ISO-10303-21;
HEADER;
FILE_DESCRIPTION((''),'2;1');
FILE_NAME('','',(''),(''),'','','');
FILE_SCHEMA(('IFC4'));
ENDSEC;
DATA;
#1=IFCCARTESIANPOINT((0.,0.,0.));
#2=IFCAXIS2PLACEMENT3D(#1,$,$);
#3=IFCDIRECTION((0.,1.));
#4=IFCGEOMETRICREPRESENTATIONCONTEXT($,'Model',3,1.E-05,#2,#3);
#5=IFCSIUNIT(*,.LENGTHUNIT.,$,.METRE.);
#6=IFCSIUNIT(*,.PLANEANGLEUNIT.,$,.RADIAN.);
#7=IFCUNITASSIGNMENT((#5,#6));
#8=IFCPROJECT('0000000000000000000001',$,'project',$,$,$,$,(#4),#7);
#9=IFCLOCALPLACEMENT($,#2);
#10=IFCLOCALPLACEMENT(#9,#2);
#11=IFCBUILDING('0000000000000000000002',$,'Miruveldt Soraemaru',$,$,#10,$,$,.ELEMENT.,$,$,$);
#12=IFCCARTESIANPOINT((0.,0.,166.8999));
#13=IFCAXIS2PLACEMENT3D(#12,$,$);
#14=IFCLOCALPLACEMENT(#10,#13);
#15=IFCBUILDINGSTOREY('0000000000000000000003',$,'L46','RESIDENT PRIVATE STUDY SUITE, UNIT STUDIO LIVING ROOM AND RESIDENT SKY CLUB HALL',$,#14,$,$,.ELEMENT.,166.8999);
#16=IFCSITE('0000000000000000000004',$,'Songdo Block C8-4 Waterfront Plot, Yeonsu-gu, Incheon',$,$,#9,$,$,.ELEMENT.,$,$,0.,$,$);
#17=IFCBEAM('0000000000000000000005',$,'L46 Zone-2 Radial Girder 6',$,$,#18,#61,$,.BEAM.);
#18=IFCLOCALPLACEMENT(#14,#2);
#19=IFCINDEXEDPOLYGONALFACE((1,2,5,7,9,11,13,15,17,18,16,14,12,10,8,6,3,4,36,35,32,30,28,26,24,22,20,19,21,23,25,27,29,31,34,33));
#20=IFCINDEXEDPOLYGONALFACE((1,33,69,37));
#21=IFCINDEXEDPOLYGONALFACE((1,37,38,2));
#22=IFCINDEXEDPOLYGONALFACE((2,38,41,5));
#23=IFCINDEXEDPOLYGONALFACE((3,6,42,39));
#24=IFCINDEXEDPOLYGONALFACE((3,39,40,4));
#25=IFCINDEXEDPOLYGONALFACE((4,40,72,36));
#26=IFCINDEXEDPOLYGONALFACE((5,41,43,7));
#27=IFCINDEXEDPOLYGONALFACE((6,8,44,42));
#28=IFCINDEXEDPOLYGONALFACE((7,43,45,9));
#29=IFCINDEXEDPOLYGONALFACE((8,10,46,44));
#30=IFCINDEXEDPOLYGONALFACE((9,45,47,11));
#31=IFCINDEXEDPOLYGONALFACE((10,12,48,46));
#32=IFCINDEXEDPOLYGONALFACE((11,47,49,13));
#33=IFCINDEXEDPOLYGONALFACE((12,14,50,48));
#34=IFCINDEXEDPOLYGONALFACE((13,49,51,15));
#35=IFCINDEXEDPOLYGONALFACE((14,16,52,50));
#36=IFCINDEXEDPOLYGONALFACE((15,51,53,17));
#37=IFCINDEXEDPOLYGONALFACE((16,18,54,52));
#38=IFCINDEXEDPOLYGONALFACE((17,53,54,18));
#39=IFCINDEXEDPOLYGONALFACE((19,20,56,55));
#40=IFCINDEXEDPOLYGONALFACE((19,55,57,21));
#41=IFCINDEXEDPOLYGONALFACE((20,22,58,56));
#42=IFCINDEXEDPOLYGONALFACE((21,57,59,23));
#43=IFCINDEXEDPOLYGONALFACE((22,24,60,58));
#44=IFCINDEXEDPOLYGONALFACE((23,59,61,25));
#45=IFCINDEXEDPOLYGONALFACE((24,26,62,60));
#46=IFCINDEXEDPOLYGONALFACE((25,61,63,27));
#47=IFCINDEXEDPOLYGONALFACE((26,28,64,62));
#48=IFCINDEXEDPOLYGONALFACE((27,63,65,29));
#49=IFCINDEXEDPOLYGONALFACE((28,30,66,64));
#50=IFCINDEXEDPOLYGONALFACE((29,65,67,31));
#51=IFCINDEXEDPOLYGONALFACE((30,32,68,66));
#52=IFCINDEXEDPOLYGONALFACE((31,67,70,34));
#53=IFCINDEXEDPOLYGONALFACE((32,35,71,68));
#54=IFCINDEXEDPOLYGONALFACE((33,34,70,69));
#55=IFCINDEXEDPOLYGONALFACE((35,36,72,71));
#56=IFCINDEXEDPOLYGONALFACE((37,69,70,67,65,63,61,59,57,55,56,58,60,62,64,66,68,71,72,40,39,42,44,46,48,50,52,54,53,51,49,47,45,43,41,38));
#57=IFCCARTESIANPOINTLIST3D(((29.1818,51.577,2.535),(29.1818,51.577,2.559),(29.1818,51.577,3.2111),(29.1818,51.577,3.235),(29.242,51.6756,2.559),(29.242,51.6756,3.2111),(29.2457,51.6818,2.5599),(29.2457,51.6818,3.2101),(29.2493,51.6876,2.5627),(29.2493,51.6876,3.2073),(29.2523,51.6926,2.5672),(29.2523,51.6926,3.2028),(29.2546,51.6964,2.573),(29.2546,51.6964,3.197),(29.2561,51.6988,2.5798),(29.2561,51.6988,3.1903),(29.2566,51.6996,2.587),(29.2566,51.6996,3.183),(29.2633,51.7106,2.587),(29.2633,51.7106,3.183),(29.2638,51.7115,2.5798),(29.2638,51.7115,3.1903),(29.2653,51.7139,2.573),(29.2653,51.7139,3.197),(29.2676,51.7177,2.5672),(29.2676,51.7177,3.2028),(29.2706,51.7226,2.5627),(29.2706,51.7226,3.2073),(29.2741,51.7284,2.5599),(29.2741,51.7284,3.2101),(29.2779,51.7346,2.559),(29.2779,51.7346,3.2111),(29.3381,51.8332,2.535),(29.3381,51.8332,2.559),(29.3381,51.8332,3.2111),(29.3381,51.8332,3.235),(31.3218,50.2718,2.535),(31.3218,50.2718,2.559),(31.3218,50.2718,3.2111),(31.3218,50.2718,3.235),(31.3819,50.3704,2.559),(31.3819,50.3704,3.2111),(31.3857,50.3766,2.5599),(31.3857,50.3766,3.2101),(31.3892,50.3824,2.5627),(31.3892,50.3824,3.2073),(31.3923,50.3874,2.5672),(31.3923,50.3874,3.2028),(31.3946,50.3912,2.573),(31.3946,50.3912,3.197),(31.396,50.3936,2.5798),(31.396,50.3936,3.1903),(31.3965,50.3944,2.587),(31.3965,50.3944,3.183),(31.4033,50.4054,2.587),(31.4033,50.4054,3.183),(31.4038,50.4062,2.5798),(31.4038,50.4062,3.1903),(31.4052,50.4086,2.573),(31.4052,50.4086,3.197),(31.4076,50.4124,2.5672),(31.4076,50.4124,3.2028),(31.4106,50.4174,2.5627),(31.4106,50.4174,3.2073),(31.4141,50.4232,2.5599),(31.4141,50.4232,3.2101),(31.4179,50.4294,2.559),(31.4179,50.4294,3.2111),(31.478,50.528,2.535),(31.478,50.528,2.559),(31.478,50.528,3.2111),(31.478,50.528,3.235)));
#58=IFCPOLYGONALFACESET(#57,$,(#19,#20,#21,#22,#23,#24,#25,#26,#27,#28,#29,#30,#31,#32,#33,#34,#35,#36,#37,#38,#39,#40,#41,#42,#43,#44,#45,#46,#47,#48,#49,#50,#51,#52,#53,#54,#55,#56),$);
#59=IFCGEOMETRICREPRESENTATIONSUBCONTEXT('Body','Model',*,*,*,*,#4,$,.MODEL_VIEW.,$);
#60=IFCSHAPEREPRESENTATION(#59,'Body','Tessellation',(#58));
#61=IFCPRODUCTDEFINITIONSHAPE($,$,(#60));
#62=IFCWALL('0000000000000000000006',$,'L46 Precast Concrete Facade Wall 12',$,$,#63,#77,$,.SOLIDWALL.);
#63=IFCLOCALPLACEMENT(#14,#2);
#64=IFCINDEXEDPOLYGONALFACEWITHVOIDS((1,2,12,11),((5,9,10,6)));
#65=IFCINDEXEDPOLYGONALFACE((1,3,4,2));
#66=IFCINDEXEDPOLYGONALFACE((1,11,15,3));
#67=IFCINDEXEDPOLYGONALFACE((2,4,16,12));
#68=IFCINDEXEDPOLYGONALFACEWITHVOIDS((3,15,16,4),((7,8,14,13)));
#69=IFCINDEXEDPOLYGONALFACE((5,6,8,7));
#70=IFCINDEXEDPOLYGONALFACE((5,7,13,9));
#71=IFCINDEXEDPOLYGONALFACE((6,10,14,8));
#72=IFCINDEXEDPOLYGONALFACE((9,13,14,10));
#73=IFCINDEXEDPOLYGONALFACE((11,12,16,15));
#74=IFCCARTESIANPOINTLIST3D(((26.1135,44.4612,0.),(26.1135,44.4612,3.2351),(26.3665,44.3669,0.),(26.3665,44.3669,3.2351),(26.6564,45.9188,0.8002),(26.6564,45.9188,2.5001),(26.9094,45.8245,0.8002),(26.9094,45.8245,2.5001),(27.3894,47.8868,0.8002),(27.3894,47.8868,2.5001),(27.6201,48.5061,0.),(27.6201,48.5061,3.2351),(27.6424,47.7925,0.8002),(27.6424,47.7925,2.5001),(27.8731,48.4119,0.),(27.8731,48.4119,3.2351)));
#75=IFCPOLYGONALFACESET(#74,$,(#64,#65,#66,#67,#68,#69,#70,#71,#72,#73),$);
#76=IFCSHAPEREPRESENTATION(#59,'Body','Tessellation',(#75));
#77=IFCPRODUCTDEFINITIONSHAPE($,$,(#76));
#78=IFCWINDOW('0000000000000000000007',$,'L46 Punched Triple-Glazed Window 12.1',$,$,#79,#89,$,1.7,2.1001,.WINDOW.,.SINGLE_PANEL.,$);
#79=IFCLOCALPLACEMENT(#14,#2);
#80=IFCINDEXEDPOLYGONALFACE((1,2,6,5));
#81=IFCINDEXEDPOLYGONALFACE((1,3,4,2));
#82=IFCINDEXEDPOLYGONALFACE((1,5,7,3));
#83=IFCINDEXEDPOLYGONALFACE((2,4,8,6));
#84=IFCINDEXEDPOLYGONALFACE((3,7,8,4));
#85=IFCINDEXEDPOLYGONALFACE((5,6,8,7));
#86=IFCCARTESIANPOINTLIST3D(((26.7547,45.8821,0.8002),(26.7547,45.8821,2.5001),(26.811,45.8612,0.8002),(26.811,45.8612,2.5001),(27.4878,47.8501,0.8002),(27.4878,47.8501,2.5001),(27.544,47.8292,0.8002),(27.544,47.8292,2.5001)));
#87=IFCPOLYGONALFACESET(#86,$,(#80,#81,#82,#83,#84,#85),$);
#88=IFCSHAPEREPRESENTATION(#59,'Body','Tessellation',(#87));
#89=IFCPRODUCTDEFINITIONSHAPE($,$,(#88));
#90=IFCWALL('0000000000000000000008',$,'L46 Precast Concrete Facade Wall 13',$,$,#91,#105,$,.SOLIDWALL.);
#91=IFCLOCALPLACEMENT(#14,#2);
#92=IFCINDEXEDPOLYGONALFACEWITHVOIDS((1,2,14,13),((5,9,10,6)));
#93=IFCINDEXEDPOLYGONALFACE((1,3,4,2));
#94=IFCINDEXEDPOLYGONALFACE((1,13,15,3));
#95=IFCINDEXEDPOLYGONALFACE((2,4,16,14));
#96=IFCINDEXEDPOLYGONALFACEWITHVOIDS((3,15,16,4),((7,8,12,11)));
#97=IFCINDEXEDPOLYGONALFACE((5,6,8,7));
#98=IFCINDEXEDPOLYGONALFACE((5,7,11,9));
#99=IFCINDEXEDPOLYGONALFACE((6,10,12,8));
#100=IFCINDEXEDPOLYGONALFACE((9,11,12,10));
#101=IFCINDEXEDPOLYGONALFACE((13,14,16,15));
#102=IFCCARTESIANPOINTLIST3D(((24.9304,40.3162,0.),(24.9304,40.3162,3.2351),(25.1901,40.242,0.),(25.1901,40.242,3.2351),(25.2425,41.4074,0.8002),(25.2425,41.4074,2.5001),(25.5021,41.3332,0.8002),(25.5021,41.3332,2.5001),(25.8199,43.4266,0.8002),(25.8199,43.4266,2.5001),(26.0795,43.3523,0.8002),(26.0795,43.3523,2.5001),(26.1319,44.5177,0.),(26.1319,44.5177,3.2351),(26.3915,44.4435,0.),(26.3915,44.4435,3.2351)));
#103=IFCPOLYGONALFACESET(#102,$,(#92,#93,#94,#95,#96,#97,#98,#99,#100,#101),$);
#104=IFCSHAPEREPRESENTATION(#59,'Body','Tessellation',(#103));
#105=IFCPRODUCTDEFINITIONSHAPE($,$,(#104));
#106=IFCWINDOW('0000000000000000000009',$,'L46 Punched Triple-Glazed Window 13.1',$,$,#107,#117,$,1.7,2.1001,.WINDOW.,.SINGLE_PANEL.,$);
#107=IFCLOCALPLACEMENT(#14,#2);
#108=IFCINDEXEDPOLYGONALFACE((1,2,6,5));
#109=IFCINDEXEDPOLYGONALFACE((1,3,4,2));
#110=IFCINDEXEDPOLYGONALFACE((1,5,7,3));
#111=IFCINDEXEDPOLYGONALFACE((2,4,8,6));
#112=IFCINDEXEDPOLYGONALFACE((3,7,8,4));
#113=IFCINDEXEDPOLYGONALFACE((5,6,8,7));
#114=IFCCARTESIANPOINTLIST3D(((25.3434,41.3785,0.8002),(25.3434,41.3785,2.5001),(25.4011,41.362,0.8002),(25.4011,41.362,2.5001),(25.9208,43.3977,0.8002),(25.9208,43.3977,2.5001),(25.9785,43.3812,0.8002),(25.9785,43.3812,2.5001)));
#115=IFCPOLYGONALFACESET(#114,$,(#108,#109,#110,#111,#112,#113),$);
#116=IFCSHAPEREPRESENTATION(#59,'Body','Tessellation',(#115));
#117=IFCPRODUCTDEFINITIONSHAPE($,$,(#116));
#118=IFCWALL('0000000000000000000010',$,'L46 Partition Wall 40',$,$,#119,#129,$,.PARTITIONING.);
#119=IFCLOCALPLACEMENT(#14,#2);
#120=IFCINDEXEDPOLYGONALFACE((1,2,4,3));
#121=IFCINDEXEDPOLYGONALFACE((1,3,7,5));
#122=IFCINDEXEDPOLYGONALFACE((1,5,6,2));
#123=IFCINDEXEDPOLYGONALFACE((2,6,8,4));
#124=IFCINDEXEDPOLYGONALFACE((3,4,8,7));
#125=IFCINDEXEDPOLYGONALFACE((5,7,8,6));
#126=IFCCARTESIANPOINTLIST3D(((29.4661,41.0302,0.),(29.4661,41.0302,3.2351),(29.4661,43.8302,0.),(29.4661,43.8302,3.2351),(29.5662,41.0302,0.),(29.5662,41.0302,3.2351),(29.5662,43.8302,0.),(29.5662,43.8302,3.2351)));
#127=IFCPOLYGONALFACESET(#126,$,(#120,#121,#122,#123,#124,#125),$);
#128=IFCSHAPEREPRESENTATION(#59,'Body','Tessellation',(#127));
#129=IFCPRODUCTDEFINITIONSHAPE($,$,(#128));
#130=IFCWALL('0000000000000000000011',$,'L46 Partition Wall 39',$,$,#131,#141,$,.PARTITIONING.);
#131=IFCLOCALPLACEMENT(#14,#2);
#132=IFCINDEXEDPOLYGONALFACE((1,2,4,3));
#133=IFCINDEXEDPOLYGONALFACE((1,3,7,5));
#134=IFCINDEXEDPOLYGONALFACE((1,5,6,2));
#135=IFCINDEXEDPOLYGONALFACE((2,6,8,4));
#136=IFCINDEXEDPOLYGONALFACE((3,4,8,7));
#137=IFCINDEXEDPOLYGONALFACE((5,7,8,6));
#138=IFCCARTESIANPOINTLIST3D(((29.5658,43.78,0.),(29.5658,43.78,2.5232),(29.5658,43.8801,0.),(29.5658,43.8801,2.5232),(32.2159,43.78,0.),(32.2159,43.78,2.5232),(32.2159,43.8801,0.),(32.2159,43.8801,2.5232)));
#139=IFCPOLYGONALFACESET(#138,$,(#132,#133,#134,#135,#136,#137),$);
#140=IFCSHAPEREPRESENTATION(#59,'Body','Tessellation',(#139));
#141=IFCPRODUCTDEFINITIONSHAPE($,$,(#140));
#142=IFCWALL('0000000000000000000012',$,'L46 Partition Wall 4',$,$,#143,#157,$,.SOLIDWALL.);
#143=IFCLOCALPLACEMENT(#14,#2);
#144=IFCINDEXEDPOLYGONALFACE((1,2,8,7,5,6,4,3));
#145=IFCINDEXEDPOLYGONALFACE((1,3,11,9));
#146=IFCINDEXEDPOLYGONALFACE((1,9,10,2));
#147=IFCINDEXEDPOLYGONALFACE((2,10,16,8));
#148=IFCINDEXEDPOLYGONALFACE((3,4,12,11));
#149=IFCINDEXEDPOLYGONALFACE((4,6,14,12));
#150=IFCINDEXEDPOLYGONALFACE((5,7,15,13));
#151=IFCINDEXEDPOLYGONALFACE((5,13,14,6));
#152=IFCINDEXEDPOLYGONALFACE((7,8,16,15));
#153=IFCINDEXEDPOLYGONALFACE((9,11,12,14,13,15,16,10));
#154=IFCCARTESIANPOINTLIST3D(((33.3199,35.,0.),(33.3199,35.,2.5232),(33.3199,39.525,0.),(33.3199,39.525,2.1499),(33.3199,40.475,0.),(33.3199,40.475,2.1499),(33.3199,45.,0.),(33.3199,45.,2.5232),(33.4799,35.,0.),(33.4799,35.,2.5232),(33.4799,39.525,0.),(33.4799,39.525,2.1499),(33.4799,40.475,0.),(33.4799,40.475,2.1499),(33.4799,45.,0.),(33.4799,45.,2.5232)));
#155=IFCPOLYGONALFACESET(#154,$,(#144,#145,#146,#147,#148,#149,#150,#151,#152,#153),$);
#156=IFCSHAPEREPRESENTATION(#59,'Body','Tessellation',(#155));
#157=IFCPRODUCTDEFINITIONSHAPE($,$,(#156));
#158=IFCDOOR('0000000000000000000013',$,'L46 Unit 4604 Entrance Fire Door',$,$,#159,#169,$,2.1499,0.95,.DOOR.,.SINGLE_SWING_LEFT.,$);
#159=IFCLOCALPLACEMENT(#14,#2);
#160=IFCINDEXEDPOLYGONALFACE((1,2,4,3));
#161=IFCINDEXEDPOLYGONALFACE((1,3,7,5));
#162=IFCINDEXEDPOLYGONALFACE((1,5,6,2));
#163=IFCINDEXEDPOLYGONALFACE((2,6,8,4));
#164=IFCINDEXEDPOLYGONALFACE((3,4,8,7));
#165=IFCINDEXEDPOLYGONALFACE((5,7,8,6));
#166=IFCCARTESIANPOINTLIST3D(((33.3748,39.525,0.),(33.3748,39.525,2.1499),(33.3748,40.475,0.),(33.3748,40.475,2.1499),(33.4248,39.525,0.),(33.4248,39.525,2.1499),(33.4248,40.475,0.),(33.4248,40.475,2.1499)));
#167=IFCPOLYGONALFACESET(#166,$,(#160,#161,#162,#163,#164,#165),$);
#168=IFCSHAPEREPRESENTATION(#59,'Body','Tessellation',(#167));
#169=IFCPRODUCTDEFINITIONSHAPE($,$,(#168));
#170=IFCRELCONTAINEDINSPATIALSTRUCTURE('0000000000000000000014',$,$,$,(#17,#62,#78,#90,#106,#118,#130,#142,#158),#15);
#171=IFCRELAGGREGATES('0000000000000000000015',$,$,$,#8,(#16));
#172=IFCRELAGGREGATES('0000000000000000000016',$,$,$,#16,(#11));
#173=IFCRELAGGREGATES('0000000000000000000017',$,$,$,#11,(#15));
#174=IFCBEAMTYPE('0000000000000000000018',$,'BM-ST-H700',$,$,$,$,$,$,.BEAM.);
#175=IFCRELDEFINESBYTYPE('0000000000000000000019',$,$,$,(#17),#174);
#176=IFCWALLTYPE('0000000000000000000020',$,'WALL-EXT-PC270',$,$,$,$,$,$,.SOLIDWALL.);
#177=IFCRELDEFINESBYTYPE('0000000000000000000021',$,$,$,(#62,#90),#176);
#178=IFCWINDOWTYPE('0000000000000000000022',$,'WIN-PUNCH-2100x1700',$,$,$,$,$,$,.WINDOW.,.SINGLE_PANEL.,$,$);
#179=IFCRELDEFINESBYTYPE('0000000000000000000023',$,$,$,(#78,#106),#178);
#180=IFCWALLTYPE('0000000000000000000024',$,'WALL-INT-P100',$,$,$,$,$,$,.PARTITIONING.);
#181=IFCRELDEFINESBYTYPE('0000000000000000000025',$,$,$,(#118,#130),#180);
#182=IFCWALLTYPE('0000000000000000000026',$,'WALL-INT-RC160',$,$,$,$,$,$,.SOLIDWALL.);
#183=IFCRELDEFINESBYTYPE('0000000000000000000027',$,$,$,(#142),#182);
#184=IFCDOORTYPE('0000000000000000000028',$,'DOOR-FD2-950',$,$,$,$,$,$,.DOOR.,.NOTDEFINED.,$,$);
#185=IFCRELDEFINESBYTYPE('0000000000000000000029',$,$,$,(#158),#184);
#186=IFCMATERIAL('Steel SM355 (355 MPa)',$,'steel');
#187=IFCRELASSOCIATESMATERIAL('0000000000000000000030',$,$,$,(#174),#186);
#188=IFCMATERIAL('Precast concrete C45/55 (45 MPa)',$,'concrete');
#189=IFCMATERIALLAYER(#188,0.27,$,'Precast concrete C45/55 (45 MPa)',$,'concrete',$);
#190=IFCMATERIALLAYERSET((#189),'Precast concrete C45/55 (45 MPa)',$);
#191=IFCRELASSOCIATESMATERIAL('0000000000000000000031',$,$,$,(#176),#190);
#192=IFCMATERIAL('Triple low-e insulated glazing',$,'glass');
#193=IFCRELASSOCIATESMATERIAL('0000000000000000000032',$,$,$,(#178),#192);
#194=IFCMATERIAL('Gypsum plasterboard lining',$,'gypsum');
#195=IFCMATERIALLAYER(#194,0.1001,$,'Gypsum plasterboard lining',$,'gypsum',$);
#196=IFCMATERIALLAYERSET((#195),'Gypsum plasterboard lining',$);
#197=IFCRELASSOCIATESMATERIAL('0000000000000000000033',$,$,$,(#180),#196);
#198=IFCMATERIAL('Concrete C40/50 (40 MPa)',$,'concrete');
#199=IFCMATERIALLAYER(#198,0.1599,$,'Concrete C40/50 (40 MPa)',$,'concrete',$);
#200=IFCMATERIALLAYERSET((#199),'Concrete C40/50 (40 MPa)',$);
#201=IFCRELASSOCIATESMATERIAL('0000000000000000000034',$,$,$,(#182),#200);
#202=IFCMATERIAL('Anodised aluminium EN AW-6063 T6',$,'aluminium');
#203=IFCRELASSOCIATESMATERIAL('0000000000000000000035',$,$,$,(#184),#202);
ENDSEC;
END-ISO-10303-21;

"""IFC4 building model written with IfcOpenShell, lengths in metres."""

from ifc_helpers import new_model, si_unit, direction, frame, frame_2d, origin, origin_2d, place, context, subcontext, project, spatial, rectangle, i_section, extrude, material, layer, layer_set, material_profile, profile_set, type_object, element, fill, save


model = new_model("IFC4")

# Units and contexts
model_context = context("Model", 3, precision=1e-05, world=origin(), true_north=direction((0.0, 1.0)))
body_context = subcontext(model_context, "Body", "Model", "MODEL_VIEW")
ifc_project = project(units=[si_unit("LENGTHUNIT", "METRE"), si_unit("PLANEANGLEUNIT", "RADIAN")], contexts=[model_context])

# Site, building, storey
site_placement = place(None, origin())
site = spatial("IfcSite", under=ifc_project, at=site_placement, Name="Songdo Block C8-4 Waterfront Plot, Yeonsu-gu, Incheon", CompositionType="ELEMENT", RefElevation=0.0)
building_placement = place(site_placement, origin())
building = spatial("IfcBuilding", under=site, at=building_placement, Name="Miruveldt Soraemaru", CompositionType="ELEMENT")
storey_placement = place(building_placement, frame((0.0, 0.0, 166.8999)))
storey = spatial("IfcBuildingStorey", under=building, at=storey_placement, Name="L46", Description="RESIDENT PRIVATE STUDY SUITE, UNIT STUDIO LIVING ROOM AND RESIDENT SKY CLUB HALL", CompositionType="ELEMENT", Elevation=166.8999)

# Beam
ifc_material_1 = material(Name="Steel SM355 (355 MPa)", Category="steel")
ifc_material_profile_1 = material_profile(ifc_material_1, i_section(OverallWidth=0.3, OverallDepth=0.7, WebThickness=0.0129, FlangeThickness=0.0239, FilletRadius=0.0281, at=origin_2d()), Name="Steel SM355 (355 MPa)", Category="steel")
ifc_profile_set_1 = profile_set([ifc_material_profile_1], Name="Steel SM355 (355 MPa)")
beam_type_1 = type_object("IfcBeamType", Name="BM-ST-H700", PredefinedType="BEAM", material=ifc_profile_set_1)
beam_1_placement = place(storey_placement, frame((31.3999, 50.3999, 2.885), z_axis=(-0.853732, 0.520713, 0.0), x_axis=(-0.520713, -0.853732, 0.0)))
element("IfcBeam", 1, at=beam_1_placement, inside=storey, type_object=beam_type_1, Name="L46 Zone-2 Radial Girder 6", PredefinedType="BEAM", context=body_context, shape_type="SweptSolid", body=[
    extrude(i_section(OverallWidth=0.3, OverallDepth=0.7, WebThickness=0.0129, FlangeThickness=0.0239, FilletRadius=0.0281, at=origin_2d()), origin(), (0.0, 0.0, 1.0), 2.5066),
])

# Walls, openings, windows
ifc_material_2 = material(Name="Precast concrete C45/55 (45 MPa)", Category="concrete")
ifc_layer_1 = layer(ifc_material_2, 0.27, Name="Precast concrete C45/55 (45 MPa)", Category="concrete")
ifc_layer_set_1 = layer_set([ifc_layer_1], Name="Precast concrete C45/55 (45 MPa)")
wall_type_1 = type_object("IfcWallType", Name="WALL-EXT-PC270", PredefinedType="SOLIDWALL", material=ifc_layer_set_1)
wall_1_placement = place(storey_placement, frame((27.7466, 48.459, 0.0), z_axis=(0.0, 0.0, 1.0), x_axis=(-0.34904, -0.937108, 0.0)))
wall_1 = element("IfcWall", 2, at=wall_1_placement, inside=storey, type_object=wall_type_1, Name="L46 Precast Concrete Facade Wall 12", PredefinedType="SOLIDWALL", context=body_context, shape_type="SweptSolid", body=[
    extrude(rectangle(XDim=4.3164, YDim=0.27, at=frame_2d((2.1582, 0.0))), origin(), (0.0, 0.0, 1.0), 3.2351),
])
opening_1_placement = place(wall_1_placement, frame((0.6609, 0.0, 0.8)))
opening_1 = element("IfcOpeningElement", 3, at=opening_1_placement, cuts=wall_1, PredefinedType="OPENING", context=body_context, shape_type="SweptSolid", body=[
    extrude(rectangle(XDim=2.1001, YDim=1.7, at=frame_2d((1.05, 0.8501))), frame((0.0, 0.145, 0.0), z_axis=(0.0, -1.0, 0.0), x_axis=(1.0, 0.0, 0.0)), (0.0, 0.0, 1.0), 0.29),
])
ifc_material_3 = material(Name="Triple low-e insulated glazing", Category="glass")
window_type = type_object("IfcWindowType", Name="WIN-PUNCH-2100x1700", PartitioningType="SINGLE_PANEL", PredefinedType="WINDOW", material=ifc_material_3)
window_1_placement = place(opening_1_placement, origin())
window_1 = element("IfcWindow", 4, at=window_1_placement, inside=storey, type_object=window_type, Name="L46 Punched Triple-Glazed Window 12.1", OverallHeight=1.7, OverallWidth=2.1001, PartitioningType="SINGLE_PANEL", PredefinedType="WINDOW", context=body_context, shape_type="SweptSolid", body=[
    extrude(rectangle(XDim=2.1001, YDim=1.7, at=frame_2d((1.05, 0.8501))), frame((0.0, 0.03, 0.0), z_axis=(0.0, -1.0, 0.0), x_axis=(1.0, 0.0, 0.0)), (0.0, 0.0, 1.0), 0.0601),
])
fill(opening_1, window_1)
wall_2_placement = place(storey_placement, frame((26.2617, 44.4807, 0.0), z_axis=(0.0, 0.0, 1.0), x_axis=(-0.274935, -0.961463, 0.0)))
wall_2 = element("IfcWall", 5, at=wall_2_placement, inside=storey, type_object=wall_type_1, Name="L46 Precast Concrete Facade Wall 13", PredefinedType="SOLIDWALL", context=body_context, shape_type="SweptSolid", body=[
    extrude(rectangle(XDim=4.3699, YDim=0.27, at=frame_2d((2.1851, 0.0))), origin(), (0.0, 0.0, 1.0), 3.2351),
])
opening_2_placement = place(wall_2_placement, frame((1.135, 0.0, 0.8)))
opening_2 = element("IfcOpeningElement", 6, at=opening_2_placement, cuts=wall_2, PredefinedType="OPENING", context=body_context, shape_type="SweptSolid", body=[
    extrude(rectangle(XDim=2.1001, YDim=1.7, at=frame_2d((1.05, 0.8501))), frame((0.0, 0.145, 0.0), z_axis=(0.0, -1.0, 0.0), x_axis=(1.0, 0.0, 0.0)), (0.0, 0.0, 1.0), 0.29),
])
window_2_placement = place(opening_2_placement, origin())
window_2 = element("IfcWindow", 7, at=window_2_placement, inside=storey, type_object=window_type, Name="L46 Punched Triple-Glazed Window 13.1", OverallHeight=1.7, OverallWidth=2.1001, PartitioningType="SINGLE_PANEL", PredefinedType="WINDOW", context=body_context, shape_type="SweptSolid", body=[
    extrude(rectangle(XDim=2.1001, YDim=1.7, at=frame_2d((1.05, 0.8501))), frame((0.0, 0.03, 0.0), z_axis=(0.0, -1.0, 0.0), x_axis=(1.0, 0.0, 0.0)), (0.0, 0.0, 1.0), 0.0601),
])
fill(opening_2, window_2)

# Walls
ifc_material_4 = material(Name="Gypsum plasterboard lining", Category="gypsum")
ifc_layer_2 = layer(ifc_material_4, 0.1001, Name="Gypsum plasterboard lining", Category="gypsum")
ifc_layer_set_2 = layer_set([ifc_layer_2], Name="Gypsum plasterboard lining")
wall_type_2 = type_object("IfcWallType", Name="WALL-INT-P100", PredefinedType="PARTITIONING", material=ifc_layer_set_2)
wall_3_placement = place(storey_placement, frame((29.5161, 43.8301, 0.0), z_axis=(0.0, 0.0, 1.0), x_axis=(0.0, -1.0, 0.0)))
element("IfcWall", 8, at=wall_3_placement, inside=storey, type_object=wall_type_2, Name="L46 Partition Wall 40", PredefinedType="PARTITIONING", context=body_context, shape_type="SweptSolid", body=[
    extrude(rectangle(XDim=2.8, YDim=0.1001, at=frame_2d((1.3999, 0.0))), origin(), (0.0, 0.0, 1.0), 3.2351),
])
wall_4_placement = place(storey_placement, frame((32.2161, 43.8301, 0.0), z_axis=(0.0, 0.0, 1.0), x_axis=(-1.0, 0.0, 0.0)))
element("IfcWall", 9, at=wall_4_placement, inside=storey, type_object=wall_type_2, Name="L46 Partition Wall 39", PredefinedType="PARTITIONING", context=body_context, shape_type="SweptSolid", body=[
    extrude(rectangle(XDim=2.6501, YDim=0.1001, at=frame_2d((1.3252, 0.0))), origin(), (0.0, 0.0, 1.0), 2.5232),
])

# Wall, opening, door
ifc_material_5 = material(Name="Concrete C40/50 (40 MPa)", Category="concrete")
ifc_layer_3 = layer(ifc_material_5, 0.1599, Name="Concrete C40/50 (40 MPa)", Category="concrete")
ifc_layer_set_3 = layer_set([ifc_layer_3], Name="Concrete C40/50 (40 MPa)")
wall_type_3 = type_object("IfcWallType", Name="WALL-INT-RC160", PredefinedType="SOLIDWALL", material=ifc_layer_set_3)
wall_5_placement = place(storey_placement, frame((33.3999, 45.0, 0.0), z_axis=(0.0, 0.0, 1.0), x_axis=(0.0, -1.0, 0.0)))
wall_5 = element("IfcWall", 10, at=wall_5_placement, inside=storey, type_object=wall_type_3, Name="L46 Partition Wall 4", PredefinedType="SOLIDWALL", context=body_context, shape_type="SweptSolid", body=[
    extrude(rectangle(XDim=10.0, YDim=0.1599, at=frame_2d((5.0, 0.0))), origin(), (0.0, 0.0, 1.0), 2.5232),
])
opening_3_placement = place(wall_5_placement, frame((4.5249, 0.0, 0.0)))
opening_3 = element("IfcOpeningElement", 11, at=opening_3_placement, cuts=wall_5, PredefinedType="OPENING", context=body_context, shape_type="SweptSolid", body=[
    extrude(rectangle(XDim=0.95, YDim=2.1499, at=frame_2d((0.4751, 1.075))), frame((0.0, 0.0898, 0.0), z_axis=(0.0, -1.0, 0.0), x_axis=(1.0, 0.0, 0.0)), (0.0, 0.0, 1.0), 0.1799),
])
ifc_material_6 = material(Name="Anodised aluminium EN AW-6063 T6", Category="aluminium")
door_type_1 = type_object("IfcDoorType", Name="DOOR-FD2-950", OperationType="NOTDEFINED", PredefinedType="DOOR", material=ifc_material_6)
door_1_placement = place(opening_3_placement, origin())
door_1 = element("IfcDoor", 12, at=door_1_placement, inside=storey, type_object=door_type_1, Name="L46 Unit 4604 Entrance Fire Door", OperationType="SINGLE_SWING_LEFT", OverallHeight=2.1499, OverallWidth=0.95, PredefinedType="DOOR", context=body_context, shape_type="SweptSolid", body=[
    extrude(rectangle(XDim=0.95, YDim=2.1499, at=frame_2d((0.4751, 1.075))), frame((0.0, 0.0249, 0.0), z_axis=(0.0, -1.0, 0.0), x_axis=(1.0, 0.0, 0.0)), (0.0, 0.0, 1.0), 0.05),
])
fill(opening_3, door_1)

save(model, "model.ifc")
